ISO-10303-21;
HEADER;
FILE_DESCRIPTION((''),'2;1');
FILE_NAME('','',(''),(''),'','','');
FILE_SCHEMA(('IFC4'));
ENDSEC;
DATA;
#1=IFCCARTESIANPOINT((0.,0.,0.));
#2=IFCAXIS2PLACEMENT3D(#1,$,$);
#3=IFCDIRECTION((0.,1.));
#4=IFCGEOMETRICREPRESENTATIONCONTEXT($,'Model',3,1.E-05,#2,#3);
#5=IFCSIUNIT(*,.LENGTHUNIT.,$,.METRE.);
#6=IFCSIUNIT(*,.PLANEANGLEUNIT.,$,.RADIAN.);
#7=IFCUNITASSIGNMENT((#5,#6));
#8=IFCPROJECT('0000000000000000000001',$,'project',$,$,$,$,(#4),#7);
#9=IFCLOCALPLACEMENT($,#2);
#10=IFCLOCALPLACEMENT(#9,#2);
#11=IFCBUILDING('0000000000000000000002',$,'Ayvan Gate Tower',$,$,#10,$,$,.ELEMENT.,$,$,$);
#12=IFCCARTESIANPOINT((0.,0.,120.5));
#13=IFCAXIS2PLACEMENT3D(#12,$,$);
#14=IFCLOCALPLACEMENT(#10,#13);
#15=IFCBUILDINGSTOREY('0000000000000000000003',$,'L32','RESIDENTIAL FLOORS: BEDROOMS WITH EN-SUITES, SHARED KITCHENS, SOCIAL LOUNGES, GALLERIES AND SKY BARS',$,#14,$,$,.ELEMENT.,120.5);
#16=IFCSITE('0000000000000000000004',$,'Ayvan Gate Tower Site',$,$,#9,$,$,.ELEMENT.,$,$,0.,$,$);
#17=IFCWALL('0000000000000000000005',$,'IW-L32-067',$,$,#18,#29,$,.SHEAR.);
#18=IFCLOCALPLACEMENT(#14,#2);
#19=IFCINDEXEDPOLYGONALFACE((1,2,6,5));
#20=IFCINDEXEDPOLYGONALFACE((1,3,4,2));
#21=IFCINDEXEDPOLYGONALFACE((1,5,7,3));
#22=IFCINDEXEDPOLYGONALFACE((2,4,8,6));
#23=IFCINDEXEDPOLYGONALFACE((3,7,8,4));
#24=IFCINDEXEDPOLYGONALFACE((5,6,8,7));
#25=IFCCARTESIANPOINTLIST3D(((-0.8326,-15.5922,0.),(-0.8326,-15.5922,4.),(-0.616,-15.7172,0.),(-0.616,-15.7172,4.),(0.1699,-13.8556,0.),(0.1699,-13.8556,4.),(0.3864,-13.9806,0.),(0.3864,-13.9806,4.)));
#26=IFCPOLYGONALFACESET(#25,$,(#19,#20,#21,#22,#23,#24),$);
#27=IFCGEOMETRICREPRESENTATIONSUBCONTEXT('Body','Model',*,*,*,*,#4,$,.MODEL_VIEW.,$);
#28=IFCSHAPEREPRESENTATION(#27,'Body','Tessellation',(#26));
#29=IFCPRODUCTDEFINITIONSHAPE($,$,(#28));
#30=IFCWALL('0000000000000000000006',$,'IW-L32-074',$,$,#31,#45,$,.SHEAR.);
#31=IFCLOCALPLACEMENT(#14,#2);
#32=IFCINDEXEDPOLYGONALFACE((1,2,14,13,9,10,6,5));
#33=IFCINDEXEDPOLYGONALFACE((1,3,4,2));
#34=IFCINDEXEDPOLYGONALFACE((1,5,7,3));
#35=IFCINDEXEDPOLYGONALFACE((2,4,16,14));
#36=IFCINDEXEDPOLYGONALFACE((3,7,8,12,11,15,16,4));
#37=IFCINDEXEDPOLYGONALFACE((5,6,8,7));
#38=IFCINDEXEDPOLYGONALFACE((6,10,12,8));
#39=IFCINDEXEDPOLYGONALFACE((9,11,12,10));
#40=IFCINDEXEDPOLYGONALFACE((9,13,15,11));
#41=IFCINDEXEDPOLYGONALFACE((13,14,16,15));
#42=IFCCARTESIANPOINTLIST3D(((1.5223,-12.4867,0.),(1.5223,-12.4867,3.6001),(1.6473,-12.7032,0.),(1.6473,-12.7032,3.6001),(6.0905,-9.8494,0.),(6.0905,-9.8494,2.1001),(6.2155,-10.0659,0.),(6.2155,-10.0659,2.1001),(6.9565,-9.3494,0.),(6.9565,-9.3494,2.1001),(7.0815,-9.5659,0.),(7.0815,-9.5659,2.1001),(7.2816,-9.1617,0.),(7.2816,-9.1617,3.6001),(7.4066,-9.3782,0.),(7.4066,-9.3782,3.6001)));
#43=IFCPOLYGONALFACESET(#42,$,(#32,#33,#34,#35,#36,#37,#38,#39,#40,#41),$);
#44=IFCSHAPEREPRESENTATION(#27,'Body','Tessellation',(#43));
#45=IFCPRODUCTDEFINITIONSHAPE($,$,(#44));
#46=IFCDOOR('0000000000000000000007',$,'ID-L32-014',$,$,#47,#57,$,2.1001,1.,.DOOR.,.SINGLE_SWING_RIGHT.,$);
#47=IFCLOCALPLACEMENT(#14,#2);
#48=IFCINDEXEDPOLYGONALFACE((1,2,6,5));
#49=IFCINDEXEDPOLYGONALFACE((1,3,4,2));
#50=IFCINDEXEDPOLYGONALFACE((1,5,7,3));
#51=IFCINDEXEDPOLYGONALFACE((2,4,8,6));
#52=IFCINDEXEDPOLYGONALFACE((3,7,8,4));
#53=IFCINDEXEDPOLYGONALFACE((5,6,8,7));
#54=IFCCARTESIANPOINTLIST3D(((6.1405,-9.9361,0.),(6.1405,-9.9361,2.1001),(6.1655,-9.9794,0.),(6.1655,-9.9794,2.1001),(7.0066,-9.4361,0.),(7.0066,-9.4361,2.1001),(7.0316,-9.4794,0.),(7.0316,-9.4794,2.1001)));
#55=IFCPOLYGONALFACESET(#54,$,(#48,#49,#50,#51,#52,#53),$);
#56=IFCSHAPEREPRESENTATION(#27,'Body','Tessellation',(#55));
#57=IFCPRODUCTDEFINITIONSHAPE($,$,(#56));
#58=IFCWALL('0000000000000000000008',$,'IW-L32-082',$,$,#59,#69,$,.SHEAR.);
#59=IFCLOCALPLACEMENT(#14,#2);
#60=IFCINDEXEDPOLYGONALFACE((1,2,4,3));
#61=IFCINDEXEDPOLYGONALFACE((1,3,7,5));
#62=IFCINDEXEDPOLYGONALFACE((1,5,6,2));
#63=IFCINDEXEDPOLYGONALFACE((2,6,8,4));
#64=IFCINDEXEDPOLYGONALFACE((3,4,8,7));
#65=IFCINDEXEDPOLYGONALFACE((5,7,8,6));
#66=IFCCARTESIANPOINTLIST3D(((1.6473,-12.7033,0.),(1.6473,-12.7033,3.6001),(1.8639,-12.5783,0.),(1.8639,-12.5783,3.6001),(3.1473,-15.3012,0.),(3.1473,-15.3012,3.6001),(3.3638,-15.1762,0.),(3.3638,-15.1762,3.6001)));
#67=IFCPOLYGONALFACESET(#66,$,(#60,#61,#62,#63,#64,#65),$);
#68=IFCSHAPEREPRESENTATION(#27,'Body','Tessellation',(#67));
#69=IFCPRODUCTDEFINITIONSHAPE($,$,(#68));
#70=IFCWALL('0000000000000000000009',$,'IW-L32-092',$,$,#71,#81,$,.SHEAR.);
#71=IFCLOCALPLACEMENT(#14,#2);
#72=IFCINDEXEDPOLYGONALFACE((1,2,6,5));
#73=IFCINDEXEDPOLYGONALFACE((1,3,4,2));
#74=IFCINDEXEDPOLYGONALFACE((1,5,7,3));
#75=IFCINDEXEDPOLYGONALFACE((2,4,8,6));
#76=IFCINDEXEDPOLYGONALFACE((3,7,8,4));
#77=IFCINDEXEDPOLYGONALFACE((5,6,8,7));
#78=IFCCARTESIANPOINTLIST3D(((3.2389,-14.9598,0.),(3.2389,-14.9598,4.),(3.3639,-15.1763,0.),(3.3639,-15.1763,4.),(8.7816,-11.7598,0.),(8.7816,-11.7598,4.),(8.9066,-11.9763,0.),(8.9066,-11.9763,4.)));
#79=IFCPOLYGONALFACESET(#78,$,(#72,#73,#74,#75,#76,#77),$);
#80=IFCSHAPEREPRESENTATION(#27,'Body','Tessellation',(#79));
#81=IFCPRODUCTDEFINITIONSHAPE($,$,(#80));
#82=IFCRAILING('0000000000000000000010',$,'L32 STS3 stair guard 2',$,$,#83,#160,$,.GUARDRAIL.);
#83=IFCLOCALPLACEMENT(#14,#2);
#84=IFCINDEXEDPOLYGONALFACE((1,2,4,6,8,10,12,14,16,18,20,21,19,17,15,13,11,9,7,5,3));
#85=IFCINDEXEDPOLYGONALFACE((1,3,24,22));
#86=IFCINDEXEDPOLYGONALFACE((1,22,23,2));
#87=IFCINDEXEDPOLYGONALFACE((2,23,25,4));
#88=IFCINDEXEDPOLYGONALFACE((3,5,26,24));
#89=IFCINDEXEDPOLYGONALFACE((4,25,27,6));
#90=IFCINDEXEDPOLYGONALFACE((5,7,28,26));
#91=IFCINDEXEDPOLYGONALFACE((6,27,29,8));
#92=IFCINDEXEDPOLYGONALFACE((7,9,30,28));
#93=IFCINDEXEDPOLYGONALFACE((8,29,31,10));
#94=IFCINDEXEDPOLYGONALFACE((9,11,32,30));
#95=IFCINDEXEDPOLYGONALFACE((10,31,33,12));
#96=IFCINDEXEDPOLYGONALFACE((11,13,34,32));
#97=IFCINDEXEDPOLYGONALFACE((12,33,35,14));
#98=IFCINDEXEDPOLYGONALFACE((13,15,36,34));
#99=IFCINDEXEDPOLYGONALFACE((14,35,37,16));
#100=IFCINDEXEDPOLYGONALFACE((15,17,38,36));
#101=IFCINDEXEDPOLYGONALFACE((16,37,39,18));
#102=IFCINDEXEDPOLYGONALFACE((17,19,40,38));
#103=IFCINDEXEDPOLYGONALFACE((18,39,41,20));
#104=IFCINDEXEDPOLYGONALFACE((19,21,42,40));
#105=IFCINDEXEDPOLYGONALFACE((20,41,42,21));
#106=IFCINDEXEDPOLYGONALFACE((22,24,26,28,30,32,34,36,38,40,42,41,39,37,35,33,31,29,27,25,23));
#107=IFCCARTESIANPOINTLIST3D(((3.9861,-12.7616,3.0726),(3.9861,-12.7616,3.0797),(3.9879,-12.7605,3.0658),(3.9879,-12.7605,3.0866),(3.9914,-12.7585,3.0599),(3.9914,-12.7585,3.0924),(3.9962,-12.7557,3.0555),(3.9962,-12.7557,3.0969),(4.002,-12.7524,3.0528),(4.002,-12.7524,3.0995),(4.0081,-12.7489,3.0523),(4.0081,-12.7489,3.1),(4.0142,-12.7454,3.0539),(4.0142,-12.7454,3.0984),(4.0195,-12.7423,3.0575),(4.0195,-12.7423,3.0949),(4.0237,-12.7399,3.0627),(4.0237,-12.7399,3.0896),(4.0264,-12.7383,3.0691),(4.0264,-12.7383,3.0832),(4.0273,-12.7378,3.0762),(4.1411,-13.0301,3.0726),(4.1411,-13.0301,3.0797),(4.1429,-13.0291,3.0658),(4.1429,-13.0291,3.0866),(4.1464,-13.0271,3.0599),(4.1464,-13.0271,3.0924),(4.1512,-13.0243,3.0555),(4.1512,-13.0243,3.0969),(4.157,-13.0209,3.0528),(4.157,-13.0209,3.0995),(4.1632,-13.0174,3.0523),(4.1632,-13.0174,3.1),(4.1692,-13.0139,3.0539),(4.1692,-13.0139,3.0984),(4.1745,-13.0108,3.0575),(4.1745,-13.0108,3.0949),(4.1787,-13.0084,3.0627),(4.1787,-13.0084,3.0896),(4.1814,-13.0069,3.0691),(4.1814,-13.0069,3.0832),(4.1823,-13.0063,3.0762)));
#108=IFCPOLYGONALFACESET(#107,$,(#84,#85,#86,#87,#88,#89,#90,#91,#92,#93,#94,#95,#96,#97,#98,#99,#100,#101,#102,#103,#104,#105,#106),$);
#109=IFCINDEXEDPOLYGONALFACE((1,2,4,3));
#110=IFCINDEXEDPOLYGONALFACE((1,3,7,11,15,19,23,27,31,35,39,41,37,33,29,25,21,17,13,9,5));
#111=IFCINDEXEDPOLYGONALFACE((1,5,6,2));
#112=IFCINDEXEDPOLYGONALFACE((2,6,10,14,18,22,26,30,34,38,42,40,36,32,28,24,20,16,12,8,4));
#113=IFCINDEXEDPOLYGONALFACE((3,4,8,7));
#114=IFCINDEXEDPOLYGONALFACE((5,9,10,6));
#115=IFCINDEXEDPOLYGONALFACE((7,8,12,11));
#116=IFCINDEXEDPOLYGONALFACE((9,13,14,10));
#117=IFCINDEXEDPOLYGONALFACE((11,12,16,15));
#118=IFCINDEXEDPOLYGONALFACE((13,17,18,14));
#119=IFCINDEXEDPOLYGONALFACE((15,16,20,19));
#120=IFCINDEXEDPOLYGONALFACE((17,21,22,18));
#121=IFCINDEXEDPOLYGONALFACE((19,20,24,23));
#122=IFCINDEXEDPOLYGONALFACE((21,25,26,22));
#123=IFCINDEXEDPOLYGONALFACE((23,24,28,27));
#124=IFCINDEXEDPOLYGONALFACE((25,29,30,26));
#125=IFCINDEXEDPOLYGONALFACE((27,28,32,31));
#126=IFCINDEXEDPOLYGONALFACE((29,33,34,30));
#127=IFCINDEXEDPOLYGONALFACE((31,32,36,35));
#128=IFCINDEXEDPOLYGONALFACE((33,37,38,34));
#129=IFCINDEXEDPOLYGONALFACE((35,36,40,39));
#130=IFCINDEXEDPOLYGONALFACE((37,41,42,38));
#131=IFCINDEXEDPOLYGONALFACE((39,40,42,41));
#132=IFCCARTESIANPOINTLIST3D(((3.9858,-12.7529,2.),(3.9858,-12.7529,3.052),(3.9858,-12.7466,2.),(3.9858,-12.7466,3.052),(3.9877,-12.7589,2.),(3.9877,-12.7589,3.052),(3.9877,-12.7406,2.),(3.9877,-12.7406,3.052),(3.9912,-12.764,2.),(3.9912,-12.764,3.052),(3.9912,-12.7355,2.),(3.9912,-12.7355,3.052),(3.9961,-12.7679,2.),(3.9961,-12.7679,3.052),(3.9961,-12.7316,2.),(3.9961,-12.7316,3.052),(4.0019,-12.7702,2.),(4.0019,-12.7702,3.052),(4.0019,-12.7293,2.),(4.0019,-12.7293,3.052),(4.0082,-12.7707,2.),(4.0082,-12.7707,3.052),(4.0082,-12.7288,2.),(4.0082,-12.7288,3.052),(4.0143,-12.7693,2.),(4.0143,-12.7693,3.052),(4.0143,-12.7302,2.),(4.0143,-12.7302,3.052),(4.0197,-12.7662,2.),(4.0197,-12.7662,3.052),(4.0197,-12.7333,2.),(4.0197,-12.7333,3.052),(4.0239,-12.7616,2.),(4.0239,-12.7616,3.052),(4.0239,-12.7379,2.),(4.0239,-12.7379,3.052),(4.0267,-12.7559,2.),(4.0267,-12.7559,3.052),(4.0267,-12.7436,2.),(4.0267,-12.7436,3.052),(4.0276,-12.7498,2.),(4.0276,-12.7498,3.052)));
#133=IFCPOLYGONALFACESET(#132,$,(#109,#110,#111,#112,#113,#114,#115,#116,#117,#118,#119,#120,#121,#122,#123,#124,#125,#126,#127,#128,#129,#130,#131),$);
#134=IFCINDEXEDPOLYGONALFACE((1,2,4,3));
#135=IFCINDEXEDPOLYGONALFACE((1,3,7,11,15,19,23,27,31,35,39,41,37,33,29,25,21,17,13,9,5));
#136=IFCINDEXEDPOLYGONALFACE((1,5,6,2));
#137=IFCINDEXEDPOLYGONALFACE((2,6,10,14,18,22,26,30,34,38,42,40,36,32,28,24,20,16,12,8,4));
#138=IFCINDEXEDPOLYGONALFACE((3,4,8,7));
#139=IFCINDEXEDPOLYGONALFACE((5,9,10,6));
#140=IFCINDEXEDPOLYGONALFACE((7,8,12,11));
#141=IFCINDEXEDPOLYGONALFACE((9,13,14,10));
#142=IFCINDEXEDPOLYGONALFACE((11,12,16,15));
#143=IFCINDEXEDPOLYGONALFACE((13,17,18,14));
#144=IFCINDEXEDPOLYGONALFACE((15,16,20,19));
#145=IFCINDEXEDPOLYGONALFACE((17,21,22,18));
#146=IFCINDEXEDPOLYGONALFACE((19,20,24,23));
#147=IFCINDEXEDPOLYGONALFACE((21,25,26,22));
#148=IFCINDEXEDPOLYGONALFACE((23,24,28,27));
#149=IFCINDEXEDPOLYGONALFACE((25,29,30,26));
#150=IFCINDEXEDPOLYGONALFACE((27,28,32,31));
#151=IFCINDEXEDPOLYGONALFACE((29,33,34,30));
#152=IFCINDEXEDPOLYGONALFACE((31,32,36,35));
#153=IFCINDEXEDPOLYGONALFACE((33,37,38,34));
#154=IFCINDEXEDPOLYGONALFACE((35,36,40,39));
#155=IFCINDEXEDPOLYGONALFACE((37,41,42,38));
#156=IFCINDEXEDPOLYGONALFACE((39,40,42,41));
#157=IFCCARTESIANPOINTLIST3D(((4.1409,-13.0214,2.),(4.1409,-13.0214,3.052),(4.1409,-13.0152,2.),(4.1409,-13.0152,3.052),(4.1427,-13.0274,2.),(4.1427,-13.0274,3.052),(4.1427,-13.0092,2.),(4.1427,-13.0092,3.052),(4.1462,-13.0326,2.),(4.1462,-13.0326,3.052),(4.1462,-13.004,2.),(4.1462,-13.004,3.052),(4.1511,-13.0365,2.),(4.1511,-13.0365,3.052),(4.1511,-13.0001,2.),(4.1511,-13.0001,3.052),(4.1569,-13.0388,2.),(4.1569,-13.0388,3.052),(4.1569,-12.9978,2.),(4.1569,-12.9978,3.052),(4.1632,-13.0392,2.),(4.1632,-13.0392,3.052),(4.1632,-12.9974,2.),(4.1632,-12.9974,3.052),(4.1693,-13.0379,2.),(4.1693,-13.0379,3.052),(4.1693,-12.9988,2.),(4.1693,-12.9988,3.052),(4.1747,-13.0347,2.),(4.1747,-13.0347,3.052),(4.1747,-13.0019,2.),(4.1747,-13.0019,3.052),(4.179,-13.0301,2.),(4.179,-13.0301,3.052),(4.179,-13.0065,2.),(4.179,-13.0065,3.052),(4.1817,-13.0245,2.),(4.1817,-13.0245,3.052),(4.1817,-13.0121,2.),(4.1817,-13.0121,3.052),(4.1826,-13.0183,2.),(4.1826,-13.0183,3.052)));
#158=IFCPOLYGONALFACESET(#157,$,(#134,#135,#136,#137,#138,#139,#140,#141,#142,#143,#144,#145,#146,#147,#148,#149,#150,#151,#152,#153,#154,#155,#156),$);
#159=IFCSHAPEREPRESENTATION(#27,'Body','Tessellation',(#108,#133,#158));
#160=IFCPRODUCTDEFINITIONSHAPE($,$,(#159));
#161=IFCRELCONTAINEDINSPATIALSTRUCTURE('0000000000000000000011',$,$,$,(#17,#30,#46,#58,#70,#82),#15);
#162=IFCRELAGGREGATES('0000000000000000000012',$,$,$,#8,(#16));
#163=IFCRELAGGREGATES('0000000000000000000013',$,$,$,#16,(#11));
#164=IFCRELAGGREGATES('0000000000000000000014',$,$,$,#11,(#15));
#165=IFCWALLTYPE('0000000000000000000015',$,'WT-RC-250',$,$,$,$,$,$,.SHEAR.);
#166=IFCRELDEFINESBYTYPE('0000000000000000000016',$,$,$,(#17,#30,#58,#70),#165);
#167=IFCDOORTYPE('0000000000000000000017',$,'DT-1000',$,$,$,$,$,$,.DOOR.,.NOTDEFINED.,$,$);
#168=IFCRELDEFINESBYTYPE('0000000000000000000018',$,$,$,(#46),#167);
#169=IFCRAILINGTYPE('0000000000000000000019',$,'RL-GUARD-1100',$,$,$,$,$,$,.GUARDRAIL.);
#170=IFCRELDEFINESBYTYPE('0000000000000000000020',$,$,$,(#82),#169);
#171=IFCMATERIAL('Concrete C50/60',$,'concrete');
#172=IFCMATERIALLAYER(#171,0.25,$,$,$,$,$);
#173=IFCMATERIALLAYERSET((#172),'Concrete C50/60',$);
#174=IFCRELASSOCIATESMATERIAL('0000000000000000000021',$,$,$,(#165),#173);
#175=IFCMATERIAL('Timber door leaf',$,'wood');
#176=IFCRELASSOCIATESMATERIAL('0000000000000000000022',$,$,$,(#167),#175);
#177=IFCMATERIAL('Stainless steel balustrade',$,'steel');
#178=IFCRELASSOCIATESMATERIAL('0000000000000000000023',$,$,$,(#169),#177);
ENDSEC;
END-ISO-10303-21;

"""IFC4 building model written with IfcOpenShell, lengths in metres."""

from ifc_helpers import new_model, si_unit, direction, frame, frame_2d, origin, origin_2d, place, context, subcontext, project, spatial, rectangle, circle, extrude, material, layer, layer_set, type_object, element, fill, save


model = new_model("IFC4")

# Units and contexts
model_context = context("Model", 3, precision=1e-05, world=origin(), true_north=direction((0.0, 1.0)))
body_context = subcontext(model_context, "Body", "Model", "MODEL_VIEW")
ifc_project = project(units=[si_unit("LENGTHUNIT", "METRE"), si_unit("PLANEANGLEUNIT", "RADIAN")], contexts=[model_context])

# Site, building, storey
site_placement = place(None, origin())
site = spatial("IfcSite", under=ifc_project, at=site_placement, Name="Ayvan Gate Tower Site", CompositionType="ELEMENT", RefElevation=0.0)
building_placement = place(site_placement, origin())
building = spatial("IfcBuilding", under=site, at=building_placement, Name="Ayvan Gate Tower", CompositionType="ELEMENT")
storey_placement = place(building_placement, frame((0.0, 0.0, 120.5)))
storey = spatial("IfcBuildingStorey", under=building, at=storey_placement, Name="L32", Description="RESIDENTIAL FLOORS: BEDROOMS WITH EN-SUITES, SHARED KITCHENS, SOCIAL LOUNGES, GALLERIES AND SKY BARS", CompositionType="ELEMENT", Elevation=120.5)

# Shared definitions
ifc_material_1 = material(Name="Timber door leaf", Category="wood")

# Wall
ifc_material_2 = material(Name="Concrete C50/60", Category="concrete")
ifc_layer_1 = layer(ifc_material_2, 0.25)
ifc_layer_set_1 = layer_set([ifc_layer_1], Name="Concrete C50/60")
wall_type_1 = type_object("IfcWallType", Name="WT-RC-250", PredefinedType="SHEAR", material=ifc_layer_set_1)
wall_1_placement = place(storey_placement, frame((0.2781, -13.9182, 0.0), z_axis=(0.0, 0.0, 1.0), x_axis=(-0.499937, -0.866062, 0.0)))
element("IfcWall", 1, at=wall_1_placement, inside=storey, type_object=wall_type_1, Name="IW-L32-067", PredefinedType="SHEAR", context=body_context, shape_type="SweptSolid", body=[
    extrude(rectangle(XDim=2.0051, YDim=0.25, at=frame_2d((1.0024, 0.0))), origin(), (0.0, 0.0, 1.0), 4.0),
])

# Wall, opening, door
wall_2_placement = place(storey_placement, frame((1.5847, -12.595, 0.0), z_axis=(0.0, 0.0, 1.0), x_axis=(0.866036, 0.499981, 0.0)))
wall_2 = element("IfcWall", 2, at=wall_2_placement, inside=storey, type_object=wall_type_1, Name="IW-L32-074", PredefinedType="SHEAR", context=body_context, shape_type="SweptSolid", body=[
    extrude(rectangle(XDim=6.6501, YDim=0.25, at=frame_2d((3.3252, 0.0))), origin(), (0.0, 0.0, 1.0), 3.6001),
])
opening_1_placement = place(wall_2_placement, frame((5.2749, 0.0, 0.0)))
opening_1 = element("IfcOpeningElement", 3, at=opening_1_placement, cuts=wall_2, PredefinedType="OPENING", context=body_context, shape_type="SweptSolid", body=[
    extrude(rectangle(XDim=1.0, YDim=2.1001, at=frame_2d((0.5, 1.05))), frame((0.0, 0.135, 0.0), z_axis=(0.0, -1.0, 0.0), x_axis=(1.0, 0.0, 0.0)), (0.0, 0.0, 1.0), 0.27),
])
door_type_1 = type_object("IfcDoorType", Name="DT-1000", OperationType="NOTDEFINED", PredefinedType="DOOR", material=ifc_material_1)
door_1_placement = place(opening_1_placement, origin())
door_1 = element("IfcDoor", 4, at=door_1_placement, inside=storey, type_object=door_type_1, Name="ID-L32-014", OperationType="SINGLE_SWING_RIGHT", OverallHeight=2.1001, OverallWidth=1.0, PredefinedType="DOOR", context=body_context, shape_type="SweptSolid", body=[
    extrude(rectangle(XDim=1.0, YDim=2.1001, at=frame_2d((0.5, 1.05))), frame((0.0, 0.0249, 0.0), z_axis=(0.0, -1.0, 0.0), x_axis=(1.0, 0.0, 0.0)), (0.0, 0.0, 1.0), 0.05),
])
fill(opening_1, door_1)

# Walls
wall_3_placement = place(storey_placement, frame((3.2556, -15.2388, 0.0), z_axis=(0.0, 0.0, 1.0), x_axis=(-0.500025, 0.866011, 0.0)))
element("IfcWall", 5, at=wall_3_placement, inside=storey, type_object=wall_type_1, Name="IW-L32-082", PredefinedType="SHEAR", context=body_context, shape_type="SweptSolid", body=[
    extrude(rectangle(XDim=2.9998, YDim=0.25, at=frame_2d((1.5, 0.0))), origin(), (0.0, 0.0, 1.0), 3.6001),
])
wall_4_placement = place(storey_placement, frame((3.3013, -15.0681, 0.0), z_axis=(0.0, 0.0, 1.0), x_axis=(0.866035, 0.499983, 0.0)))
element("IfcWall", 6, at=wall_4_placement, inside=storey, type_object=wall_type_1, Name="IW-L32-092", PredefinedType="SHEAR", context=body_context, shape_type="SweptSolid", body=[
    extrude(rectangle(XDim=6.4001, YDim=0.25, at=frame_2d((3.2002, 0.0))), origin(), (0.0, 0.0, 1.0), 4.0),
])

# Railing
ifc_material_3 = material(Name="Stainless steel balustrade", Category="steel")
railing_type_1 = type_object("IfcRailingType", Name="RL-GUARD-1100", PredefinedType="GUARDRAIL", material=ifc_material_3)
railing_1_placement = place(storey_placement, frame((4.0066, -12.7498, 2.0)))
element("IfcRailing", 7, at=railing_1_placement, inside=storey, type_object=railing_type_1, Name="L32 STS3 stair guard 2", PredefinedType="GUARDRAIL", context=body_context, shape_type="SweptSolid", body=[
    extrude(circle(Radius=0.0239, at=origin_2d()), frame((0.0, 0.0, 1.0762), z_axis=(0.49995, -0.866054, 0.0), x_axis=(0.866054, 0.49995, 0.0)), (0.0, 0.0, 1.0), 0.3101),
    extrude(circle(Radius=0.021, at=origin_2d()), origin(), (0.0, 0.0, 1.0), 1.052),
    extrude(circle(Radius=0.021, at=origin_2d()), frame((0.155, -0.2686, 0.0)), (0.0, 0.0, 1.0), 1.052),
])

save(model, "model.ifc")
